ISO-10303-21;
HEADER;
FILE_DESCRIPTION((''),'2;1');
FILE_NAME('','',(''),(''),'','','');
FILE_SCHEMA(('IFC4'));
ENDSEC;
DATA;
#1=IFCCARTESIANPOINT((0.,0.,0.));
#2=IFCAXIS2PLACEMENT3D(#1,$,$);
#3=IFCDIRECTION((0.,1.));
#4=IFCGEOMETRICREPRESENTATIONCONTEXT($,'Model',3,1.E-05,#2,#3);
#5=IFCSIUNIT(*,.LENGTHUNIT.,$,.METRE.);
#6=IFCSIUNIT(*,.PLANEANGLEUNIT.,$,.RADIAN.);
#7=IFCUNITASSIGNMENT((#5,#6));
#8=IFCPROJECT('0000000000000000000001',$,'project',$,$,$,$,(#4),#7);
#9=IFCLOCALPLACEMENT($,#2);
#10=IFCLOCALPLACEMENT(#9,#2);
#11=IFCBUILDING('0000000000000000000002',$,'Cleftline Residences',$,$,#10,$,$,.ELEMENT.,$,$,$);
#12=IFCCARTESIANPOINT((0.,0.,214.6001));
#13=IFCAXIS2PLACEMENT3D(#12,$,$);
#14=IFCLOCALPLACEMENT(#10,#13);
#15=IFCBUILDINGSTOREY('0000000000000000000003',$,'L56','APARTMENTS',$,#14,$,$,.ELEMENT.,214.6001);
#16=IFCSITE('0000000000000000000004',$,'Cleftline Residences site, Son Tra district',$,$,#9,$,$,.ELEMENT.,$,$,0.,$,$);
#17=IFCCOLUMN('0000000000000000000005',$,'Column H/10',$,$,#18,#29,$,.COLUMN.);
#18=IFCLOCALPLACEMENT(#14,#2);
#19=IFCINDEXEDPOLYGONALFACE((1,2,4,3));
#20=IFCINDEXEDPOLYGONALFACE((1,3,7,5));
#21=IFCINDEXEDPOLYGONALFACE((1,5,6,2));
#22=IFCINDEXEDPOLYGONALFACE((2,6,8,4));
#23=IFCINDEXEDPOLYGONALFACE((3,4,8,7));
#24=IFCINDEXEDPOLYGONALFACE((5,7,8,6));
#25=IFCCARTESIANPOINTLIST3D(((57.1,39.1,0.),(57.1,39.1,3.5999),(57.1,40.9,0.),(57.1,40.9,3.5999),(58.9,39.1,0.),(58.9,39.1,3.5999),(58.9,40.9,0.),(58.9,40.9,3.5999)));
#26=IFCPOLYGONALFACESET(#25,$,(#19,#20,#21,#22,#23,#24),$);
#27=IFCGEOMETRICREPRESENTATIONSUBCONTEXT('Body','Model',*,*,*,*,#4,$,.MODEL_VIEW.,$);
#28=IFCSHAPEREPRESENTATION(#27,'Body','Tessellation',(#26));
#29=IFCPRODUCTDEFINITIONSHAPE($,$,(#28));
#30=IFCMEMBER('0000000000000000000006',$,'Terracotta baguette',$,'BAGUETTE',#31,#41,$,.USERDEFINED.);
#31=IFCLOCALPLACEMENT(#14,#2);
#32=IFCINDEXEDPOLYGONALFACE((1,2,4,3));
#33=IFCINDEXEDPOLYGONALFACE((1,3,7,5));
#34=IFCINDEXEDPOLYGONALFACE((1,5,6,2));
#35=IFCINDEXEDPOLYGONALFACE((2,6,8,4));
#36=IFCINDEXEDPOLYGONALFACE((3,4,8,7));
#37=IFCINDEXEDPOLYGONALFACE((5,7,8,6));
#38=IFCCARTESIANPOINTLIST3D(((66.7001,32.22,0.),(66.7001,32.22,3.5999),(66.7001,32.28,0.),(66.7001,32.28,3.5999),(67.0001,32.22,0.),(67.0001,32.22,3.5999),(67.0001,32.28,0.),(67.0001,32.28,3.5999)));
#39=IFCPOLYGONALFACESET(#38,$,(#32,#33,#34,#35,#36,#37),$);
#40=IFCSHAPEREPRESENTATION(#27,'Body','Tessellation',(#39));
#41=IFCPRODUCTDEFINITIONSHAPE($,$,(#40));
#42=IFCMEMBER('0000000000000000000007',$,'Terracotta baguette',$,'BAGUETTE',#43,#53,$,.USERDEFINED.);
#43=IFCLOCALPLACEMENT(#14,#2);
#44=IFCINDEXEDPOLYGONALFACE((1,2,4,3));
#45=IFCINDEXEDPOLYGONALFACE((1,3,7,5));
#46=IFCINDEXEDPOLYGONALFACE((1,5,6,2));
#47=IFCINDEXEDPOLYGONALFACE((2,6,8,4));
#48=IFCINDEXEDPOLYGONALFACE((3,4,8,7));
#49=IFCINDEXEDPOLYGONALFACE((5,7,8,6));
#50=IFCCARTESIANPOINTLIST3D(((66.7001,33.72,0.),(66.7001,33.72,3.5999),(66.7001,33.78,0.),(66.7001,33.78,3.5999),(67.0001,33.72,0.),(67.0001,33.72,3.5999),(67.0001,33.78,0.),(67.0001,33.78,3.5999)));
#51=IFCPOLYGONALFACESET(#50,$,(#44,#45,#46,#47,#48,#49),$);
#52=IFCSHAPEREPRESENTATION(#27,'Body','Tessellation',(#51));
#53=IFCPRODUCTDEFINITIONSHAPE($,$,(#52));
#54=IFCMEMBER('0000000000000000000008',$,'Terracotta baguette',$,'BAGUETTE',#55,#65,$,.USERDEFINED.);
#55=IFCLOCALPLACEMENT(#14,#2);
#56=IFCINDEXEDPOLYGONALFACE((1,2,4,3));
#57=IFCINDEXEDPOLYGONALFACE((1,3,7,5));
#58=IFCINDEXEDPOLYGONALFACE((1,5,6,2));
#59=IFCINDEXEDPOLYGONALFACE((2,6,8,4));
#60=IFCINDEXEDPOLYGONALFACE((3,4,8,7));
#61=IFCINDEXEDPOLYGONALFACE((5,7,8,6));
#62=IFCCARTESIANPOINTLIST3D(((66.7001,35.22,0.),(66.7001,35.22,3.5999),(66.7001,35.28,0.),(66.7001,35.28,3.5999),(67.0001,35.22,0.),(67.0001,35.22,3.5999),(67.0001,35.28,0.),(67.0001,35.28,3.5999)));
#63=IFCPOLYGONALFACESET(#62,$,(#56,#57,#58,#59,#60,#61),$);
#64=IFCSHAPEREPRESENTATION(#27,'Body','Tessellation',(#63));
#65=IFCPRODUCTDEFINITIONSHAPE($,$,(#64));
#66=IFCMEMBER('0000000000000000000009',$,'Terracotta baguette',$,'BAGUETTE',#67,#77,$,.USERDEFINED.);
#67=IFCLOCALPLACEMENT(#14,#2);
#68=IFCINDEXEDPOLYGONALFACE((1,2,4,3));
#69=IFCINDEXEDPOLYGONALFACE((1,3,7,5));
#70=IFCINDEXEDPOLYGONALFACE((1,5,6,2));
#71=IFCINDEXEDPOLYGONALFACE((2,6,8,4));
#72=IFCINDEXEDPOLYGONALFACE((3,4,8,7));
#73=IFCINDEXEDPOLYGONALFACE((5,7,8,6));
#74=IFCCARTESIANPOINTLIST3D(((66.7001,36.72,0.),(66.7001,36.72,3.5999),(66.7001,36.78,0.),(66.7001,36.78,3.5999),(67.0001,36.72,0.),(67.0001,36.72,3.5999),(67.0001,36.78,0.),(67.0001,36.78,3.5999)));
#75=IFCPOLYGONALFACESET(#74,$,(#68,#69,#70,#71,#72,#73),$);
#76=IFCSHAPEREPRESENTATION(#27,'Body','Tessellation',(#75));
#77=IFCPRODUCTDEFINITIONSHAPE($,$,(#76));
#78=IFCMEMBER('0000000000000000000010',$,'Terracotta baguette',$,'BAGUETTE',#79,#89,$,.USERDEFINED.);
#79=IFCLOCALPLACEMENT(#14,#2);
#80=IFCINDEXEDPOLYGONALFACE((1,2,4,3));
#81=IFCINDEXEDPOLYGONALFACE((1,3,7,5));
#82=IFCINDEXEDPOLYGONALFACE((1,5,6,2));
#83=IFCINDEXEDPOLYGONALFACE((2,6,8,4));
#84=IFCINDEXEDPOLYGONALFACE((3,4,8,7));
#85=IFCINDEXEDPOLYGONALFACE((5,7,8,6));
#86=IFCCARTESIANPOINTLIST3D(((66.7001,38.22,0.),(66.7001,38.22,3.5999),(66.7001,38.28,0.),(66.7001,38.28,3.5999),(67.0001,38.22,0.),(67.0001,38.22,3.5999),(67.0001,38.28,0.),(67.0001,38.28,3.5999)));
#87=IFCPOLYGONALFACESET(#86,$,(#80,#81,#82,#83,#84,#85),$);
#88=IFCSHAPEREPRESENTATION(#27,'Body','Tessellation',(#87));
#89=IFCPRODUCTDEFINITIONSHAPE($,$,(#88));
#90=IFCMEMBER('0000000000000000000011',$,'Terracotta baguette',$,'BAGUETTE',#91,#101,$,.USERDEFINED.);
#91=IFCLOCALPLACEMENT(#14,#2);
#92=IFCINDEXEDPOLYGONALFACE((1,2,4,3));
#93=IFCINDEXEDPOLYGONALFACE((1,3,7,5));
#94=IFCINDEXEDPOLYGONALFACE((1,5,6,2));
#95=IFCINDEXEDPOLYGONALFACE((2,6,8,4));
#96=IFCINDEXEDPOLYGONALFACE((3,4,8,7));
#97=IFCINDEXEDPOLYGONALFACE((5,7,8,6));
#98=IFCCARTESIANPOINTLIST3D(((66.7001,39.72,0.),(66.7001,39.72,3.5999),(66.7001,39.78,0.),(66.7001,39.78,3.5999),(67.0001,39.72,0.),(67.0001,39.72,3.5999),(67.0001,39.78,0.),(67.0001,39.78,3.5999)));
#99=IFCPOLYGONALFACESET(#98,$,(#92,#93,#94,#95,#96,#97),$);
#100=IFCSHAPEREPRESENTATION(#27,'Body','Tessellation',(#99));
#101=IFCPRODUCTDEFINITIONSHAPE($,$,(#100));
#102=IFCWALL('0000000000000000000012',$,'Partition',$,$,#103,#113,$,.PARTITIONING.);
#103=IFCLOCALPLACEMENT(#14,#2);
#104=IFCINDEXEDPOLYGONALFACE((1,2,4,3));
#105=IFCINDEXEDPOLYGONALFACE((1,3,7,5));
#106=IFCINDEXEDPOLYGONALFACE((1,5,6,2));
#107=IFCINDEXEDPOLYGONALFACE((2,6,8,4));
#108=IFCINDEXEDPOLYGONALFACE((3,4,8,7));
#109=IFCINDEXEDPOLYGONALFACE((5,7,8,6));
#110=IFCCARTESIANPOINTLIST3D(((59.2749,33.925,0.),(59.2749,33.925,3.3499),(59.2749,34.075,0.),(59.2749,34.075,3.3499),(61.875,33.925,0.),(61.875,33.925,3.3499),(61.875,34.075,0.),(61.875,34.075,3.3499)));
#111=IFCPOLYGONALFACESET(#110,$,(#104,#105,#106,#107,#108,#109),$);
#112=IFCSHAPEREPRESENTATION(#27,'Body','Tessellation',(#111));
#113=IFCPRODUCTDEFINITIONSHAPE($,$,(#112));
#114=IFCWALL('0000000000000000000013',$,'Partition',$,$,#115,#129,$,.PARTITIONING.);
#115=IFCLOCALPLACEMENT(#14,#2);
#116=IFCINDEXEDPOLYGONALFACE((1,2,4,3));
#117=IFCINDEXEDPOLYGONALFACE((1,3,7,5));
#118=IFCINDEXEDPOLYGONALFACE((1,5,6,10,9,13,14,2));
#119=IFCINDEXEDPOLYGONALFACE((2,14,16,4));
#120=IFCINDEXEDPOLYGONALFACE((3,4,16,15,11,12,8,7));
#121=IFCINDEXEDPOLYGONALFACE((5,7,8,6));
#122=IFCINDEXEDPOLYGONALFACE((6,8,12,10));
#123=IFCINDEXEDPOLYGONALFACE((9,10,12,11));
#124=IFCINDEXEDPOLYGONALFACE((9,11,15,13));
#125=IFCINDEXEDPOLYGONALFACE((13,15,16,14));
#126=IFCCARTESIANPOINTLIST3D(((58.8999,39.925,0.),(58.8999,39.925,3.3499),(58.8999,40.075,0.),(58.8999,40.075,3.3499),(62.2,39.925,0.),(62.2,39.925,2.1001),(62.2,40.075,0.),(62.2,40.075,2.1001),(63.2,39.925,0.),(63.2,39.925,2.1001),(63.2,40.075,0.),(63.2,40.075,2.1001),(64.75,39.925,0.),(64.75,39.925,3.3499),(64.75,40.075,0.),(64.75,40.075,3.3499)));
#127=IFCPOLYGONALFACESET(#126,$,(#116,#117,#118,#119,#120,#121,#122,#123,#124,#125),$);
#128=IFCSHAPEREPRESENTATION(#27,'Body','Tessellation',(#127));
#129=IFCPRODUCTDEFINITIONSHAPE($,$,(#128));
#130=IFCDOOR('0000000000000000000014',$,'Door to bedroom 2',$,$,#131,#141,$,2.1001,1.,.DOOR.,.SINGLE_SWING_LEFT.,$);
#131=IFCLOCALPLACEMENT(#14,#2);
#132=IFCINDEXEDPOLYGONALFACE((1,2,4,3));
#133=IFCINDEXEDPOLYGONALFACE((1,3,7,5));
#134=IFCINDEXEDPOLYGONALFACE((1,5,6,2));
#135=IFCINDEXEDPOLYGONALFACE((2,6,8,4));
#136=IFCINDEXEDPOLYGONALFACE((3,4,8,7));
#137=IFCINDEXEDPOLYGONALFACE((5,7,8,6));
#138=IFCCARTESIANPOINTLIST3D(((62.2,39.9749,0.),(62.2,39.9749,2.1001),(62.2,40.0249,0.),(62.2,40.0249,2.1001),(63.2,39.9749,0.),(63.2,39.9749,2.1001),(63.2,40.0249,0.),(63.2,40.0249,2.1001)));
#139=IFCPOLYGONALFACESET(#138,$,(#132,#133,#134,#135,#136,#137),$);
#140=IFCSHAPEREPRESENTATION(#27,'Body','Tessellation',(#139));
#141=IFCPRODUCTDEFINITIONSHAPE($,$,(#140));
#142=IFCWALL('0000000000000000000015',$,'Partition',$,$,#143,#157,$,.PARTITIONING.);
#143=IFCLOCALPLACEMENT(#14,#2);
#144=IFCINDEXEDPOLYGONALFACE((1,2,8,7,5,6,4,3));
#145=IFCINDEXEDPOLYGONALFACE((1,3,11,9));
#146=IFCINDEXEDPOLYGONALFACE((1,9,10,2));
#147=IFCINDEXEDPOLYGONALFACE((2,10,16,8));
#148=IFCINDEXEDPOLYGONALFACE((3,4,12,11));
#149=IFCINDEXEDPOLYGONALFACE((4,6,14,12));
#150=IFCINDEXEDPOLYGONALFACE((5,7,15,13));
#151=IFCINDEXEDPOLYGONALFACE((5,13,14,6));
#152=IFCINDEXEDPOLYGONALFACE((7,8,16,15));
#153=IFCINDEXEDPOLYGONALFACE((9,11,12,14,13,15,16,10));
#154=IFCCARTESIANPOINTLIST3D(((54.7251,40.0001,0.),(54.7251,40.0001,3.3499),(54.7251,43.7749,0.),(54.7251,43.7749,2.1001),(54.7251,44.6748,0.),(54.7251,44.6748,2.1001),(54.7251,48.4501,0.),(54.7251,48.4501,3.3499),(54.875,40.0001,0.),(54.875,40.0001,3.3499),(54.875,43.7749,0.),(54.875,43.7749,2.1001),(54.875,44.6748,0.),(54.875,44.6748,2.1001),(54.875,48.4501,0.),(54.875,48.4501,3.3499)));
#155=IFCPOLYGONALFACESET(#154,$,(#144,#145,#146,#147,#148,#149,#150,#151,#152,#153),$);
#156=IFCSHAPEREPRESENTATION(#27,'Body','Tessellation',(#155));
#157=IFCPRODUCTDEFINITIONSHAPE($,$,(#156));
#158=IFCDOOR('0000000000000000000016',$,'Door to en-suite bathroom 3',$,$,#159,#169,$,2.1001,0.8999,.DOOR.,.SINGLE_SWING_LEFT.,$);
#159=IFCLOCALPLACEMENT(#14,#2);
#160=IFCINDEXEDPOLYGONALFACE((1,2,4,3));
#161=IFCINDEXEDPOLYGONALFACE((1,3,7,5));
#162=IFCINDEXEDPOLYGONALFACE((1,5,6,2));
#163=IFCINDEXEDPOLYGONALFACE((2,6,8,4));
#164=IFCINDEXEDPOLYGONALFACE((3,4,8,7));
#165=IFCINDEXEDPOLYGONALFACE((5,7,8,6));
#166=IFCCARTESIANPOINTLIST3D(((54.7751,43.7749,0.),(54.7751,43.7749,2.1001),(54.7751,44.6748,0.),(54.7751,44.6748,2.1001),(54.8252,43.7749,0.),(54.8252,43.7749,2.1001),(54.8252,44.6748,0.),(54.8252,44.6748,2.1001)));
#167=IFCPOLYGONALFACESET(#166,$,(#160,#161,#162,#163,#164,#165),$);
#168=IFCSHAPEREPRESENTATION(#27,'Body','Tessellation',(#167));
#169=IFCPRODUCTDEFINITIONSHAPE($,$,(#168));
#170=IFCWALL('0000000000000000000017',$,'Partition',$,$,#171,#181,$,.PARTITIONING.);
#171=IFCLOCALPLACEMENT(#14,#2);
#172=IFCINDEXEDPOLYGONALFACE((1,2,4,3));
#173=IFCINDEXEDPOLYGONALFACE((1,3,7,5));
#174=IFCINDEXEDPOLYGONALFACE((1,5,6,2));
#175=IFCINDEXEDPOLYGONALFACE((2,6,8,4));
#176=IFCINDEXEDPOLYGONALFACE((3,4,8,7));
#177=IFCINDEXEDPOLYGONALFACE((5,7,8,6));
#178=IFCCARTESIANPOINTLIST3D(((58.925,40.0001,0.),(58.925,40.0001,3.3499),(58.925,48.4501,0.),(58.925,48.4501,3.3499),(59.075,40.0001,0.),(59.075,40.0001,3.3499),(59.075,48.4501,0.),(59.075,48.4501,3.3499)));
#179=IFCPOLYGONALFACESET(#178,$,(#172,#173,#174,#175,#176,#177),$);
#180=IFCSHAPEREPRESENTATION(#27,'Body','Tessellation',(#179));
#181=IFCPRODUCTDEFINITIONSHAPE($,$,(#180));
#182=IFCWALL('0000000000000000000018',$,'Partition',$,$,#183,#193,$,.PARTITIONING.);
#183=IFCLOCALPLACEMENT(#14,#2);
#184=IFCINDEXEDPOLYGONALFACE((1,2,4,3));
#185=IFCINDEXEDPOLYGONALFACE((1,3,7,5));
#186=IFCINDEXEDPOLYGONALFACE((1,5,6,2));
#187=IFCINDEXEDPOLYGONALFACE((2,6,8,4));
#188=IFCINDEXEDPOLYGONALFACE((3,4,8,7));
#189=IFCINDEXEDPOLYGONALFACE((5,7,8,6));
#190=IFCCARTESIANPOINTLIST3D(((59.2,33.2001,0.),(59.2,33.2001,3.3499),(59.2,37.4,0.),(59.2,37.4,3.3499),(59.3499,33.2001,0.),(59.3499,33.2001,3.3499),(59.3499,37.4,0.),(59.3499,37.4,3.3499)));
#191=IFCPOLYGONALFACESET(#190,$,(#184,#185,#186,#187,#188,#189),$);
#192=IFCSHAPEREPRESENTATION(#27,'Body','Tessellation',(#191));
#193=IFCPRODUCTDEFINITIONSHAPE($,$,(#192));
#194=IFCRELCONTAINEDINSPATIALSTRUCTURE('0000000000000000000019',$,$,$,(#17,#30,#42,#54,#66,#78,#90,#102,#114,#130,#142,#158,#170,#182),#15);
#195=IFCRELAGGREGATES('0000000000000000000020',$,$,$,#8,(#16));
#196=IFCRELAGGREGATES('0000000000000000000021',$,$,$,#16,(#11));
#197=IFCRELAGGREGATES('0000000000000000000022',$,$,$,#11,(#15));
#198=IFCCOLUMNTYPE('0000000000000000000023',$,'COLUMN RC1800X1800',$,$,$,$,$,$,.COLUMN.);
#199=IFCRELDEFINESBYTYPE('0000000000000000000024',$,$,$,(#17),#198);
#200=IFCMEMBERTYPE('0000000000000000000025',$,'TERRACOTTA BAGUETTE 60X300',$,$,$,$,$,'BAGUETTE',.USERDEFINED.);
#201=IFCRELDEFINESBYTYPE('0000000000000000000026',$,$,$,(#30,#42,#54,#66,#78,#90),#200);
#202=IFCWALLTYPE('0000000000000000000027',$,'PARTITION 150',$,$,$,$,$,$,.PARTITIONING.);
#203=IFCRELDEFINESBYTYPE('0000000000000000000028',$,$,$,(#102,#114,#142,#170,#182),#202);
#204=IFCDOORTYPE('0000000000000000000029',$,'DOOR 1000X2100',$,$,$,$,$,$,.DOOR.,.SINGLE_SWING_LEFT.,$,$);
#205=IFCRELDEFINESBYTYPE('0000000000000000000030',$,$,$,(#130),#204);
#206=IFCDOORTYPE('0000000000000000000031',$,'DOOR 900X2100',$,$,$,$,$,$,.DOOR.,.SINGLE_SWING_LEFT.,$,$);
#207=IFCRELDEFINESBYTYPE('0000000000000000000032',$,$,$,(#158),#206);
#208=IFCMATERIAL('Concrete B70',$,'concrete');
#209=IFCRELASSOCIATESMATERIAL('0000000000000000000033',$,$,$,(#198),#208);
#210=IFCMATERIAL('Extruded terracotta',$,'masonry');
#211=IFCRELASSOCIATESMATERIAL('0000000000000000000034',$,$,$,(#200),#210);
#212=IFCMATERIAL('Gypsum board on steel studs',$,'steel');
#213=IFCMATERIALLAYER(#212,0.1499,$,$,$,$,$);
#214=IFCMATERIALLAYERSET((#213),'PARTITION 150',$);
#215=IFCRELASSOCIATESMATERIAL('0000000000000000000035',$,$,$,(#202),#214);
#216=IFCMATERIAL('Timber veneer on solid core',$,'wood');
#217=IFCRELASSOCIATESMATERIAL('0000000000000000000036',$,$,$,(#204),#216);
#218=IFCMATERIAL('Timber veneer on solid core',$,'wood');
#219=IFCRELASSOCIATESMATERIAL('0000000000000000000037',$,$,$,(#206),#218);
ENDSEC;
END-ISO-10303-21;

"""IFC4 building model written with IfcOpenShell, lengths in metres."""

from ifc_helpers import new_model, si_unit, direction, frame, frame_2d, origin, origin_2d, place, context, subcontext, project, spatial, rectangle, extrude, material, layer, layer_set, material_profile, profile_set, type_object, element, fill, save


model = new_model("IFC4")

# Units and contexts
model_context = context("Model", 3, precision=1e-05, world=origin(), true_north=direction((0.0, 1.0)))
body_context = subcontext(model_context, "Body", "Model", "MODEL_VIEW")
ifc_project = project(units=[si_unit("LENGTHUNIT", "METRE"), si_unit("PLANEANGLEUNIT", "RADIAN")], contexts=[model_context])

# Site, building, storey
site_placement = place(None, origin())
site = spatial("IfcSite", under=ifc_project, at=site_placement, Name="Cleftline Residences site, Son Tra district", CompositionType="ELEMENT", RefElevation=0.0)
building_placement = place(site_placement, origin())
building = spatial("IfcBuilding", under=site, at=building_placement, Name="Cleftline Residences", CompositionType="ELEMENT")
storey_placement = place(building_placement, frame((0.0, 0.0, 214.6001)))
storey = spatial("IfcBuildingStorey", under=building, at=storey_placement, Name="L56", Description="APARTMENTS", CompositionType="ELEMENT", Elevation=214.6001)

# Column
ifc_material_1 = material(Name="Concrete B70", Category="concrete")
ifc_material_profile_1 = material_profile(ifc_material_1, rectangle(XDim=1.8, YDim=1.8, at=origin_2d()))
ifc_profile_set_1 = profile_set([ifc_material_profile_1], Name="Concrete B70")
column_type = type_object("IfcColumnType", Name="COLUMN RC1800X1800", PredefinedType="COLUMN", material=ifc_profile_set_1)
column_placement = place(storey_placement, frame((58.0, 40.0, 0.0), z_axis=(0.0, 0.0, 1.0), x_axis=(1.0, 0.0, 0.0)))
element("IfcColumn", 1, at=column_placement, inside=storey, type_object=column_type, Name="Column H/10", PredefinedType="COLUMN", context=body_context, shape_type="SweptSolid", body=[
    extrude(rectangle(XDim=1.8, YDim=1.8, at=origin_2d()), origin(), (0.0, 0.0, 1.0), 3.5999),
])

# Members
ifc_material_2 = material(Name="Extruded terracotta", Category="masonry")
ifc_material_profile_2 = material_profile(ifc_material_2, rectangle(XDim=0.0601, YDim=0.3, at=origin_2d()))
ifc_profile_set_2 = profile_set([ifc_material_profile_2], Name="Extruded terracotta")
member_type = type_object("IfcMemberType", Name="TERRACOTTA BAGUETTE 60X300", ElementType="BAGUETTE", PredefinedType="USERDEFINED", material=ifc_profile_set_2)
for number, where, z_axis, x_axis, name in (
    (2, (66.8501, 32.25, 0.0), (0.0, 0.0, 1.0), (0.0, 1.0, 0.0), "Terracotta baguette"),
    (3, (66.8501, 33.75, 0.0), (0.0, 0.0, 1.0), (0.0, 1.0, 0.0), "Terracotta baguette"),
    (4, (66.8501, 35.25, 0.0), (0.0, 0.0, 1.0), (0.0, 1.0, 0.0), "Terracotta baguette"),
    (5, (66.8501, 36.75, 0.0), (0.0, 0.0, 1.0), (0.0, 1.0, 0.0), "Terracotta baguette"),
    (6, (66.8501, 38.25, 0.0), (0.0, 0.0, 1.0), (0.0, 1.0, 0.0), "Terracotta baguette"),
    (7, (66.8501, 39.75, 0.0), (0.0, 0.0, 1.0), (0.0, 1.0, 0.0), "Terracotta baguette"),
):
    element("IfcMember", number, at=place(storey_placement, frame(where, z_axis=z_axis, x_axis=x_axis)), inside=storey, type_object=member_type, Name=name, ObjectType="BAGUETTE", PredefinedType="USERDEFINED", context=body_context, shape_type="SweptSolid", body=[
        extrude(rectangle(XDim=0.0601, YDim=0.3, at=origin_2d()), origin(), (0.0, 0.0, 1.0), 3.5999),
    ])

# Wall
ifc_material_3 = material(Name="Gypsum board on steel studs", Category="steel")
ifc_layer = layer(ifc_material_3, 0.1499)
ifc_layer_set = layer_set([ifc_layer], Name="PARTITION 150")
wall_type = type_object("IfcWallType", Name="PARTITION 150", PredefinedType="PARTITIONING", material=ifc_layer_set)
wall_1_placement = place(storey_placement, frame((59.2749, 34.0, 0.0), z_axis=(0.0, 0.0, 1.0), x_axis=(1.0, 0.0, 0.0)))
element("IfcWall", 8, at=wall_1_placement, inside=storey, type_object=wall_type, Name="Partition", PredefinedType="PARTITIONING", context=body_context, shape_type="SweptSolid", body=[
    extrude(rectangle(XDim=2.6001, YDim=0.1499, at=frame_2d((1.3, 0.0))), origin(), (0.0, 0.0, 1.0), 3.3499),
])

# Walls, openings, doors
wall_2_placement = place(storey_placement, frame((58.8999, 40.0, 0.0), z_axis=(0.0, 0.0, 1.0), x_axis=(1.0, 0.0, 0.0)))
wall_2 = element("IfcWall", 9, at=wall_2_placement, inside=storey, type_object=wall_type, Name="Partition", PredefinedType="PARTITIONING", context=body_context, shape_type="SweptSolid", body=[
    extrude(rectangle(XDim=5.8501, YDim=0.1499, at=frame_2d((2.925, 0.0))), origin(), (0.0, 0.0, 1.0), 3.3499),
])
opening_1_placement = place(wall_2_placement, frame((3.3, 0.0, 0.0)))
opening_1 = element("IfcOpeningElement", 10, at=opening_1_placement, cuts=wall_2, PredefinedType="OPENING", context=body_context, shape_type="SweptSolid", body=[
    extrude(rectangle(XDim=1.0, YDim=2.1001, at=frame_2d((0.5, 1.05))), frame((0.0, 0.085, 0.0), z_axis=(0.0, -1.0, 0.0), x_axis=(1.0, 0.0, 0.0)), (0.0, 0.0, 1.0), 0.1699),
])
ifc_material_4 = material(Name="Timber veneer on solid core", Category="wood")
door_type_1 = type_object("IfcDoorType", Name="DOOR 1000X2100", OperationType="SINGLE_SWING_LEFT", PredefinedType="DOOR", material=ifc_material_4)
door_1_placement = place(opening_1_placement, origin())
door_1 = element("IfcDoor", 11, at=door_1_placement, inside=storey, type_object=door_type_1, Name="Door to bedroom 2", OperationType="SINGLE_SWING_LEFT", OverallHeight=2.1001, OverallWidth=1.0, PredefinedType="DOOR", context=body_context, shape_type="SweptSolid", body=[
    extrude(rectangle(XDim=1.0, YDim=2.1001, at=frame_2d((0.5, 1.05))), frame((0.0, 0.0249, 0.0), z_axis=(0.0, -1.0, 0.0), x_axis=(1.0, 0.0, 0.0)), (0.0, 0.0, 1.0), 0.05),
])
fill(opening_1, door_1)
wall_3_placement = place(storey_placement, frame((54.8, 40.0, 0.0), z_axis=(0.0, 0.0, 1.0), x_axis=(0.0, 1.0, 0.0)))
wall_3 = element("IfcWall", 12, at=wall_3_placement, inside=storey, type_object=wall_type, Name="Partition", PredefinedType="PARTITIONING", context=body_context, shape_type="SweptSolid", body=[
    extrude(rectangle(XDim=8.45, YDim=0.1499, at=frame_2d((4.2251, 0.0))), origin(), (0.0, 0.0, 1.0), 3.3499),
])
opening_2_placement = place(wall_3_placement, frame((3.7749, 0.0, 0.0)))
opening_2 = element("IfcOpeningElement", 13, at=opening_2_placement, cuts=wall_3, PredefinedType="OPENING", context=body_context, shape_type="SweptSolid", body=[
    extrude(rectangle(XDim=0.8999, YDim=2.1001, at=frame_2d((0.45, 1.05))), frame((0.0, 0.085, 0.0), z_axis=(0.0, -1.0, 0.0), x_axis=(1.0, 0.0, 0.0)), (0.0, 0.0, 1.0), 0.1699),
])
ifc_material_5 = material(Name="Timber veneer on solid core", Category="wood")
door_type_2 = type_object("IfcDoorType", Name="DOOR 900X2100", OperationType="SINGLE_SWING_LEFT", PredefinedType="DOOR", material=ifc_material_5)
door_2_placement = place(opening_2_placement, origin())
door_2 = element("IfcDoor", 14, at=door_2_placement, inside=storey, type_object=door_type_2, Name="Door to en-suite bathroom 3", OperationType="SINGLE_SWING_LEFT", OverallHeight=2.1001, OverallWidth=0.8999, PredefinedType="DOOR", context=body_context, shape_type="SweptSolid", body=[
    extrude(rectangle(XDim=0.8999, YDim=2.1001, at=frame_2d((0.45, 1.05))), frame((0.0, 0.0249, 0.0), z_axis=(0.0, -1.0, 0.0), x_axis=(1.0, 0.0, 0.0)), (0.0, 0.0, 1.0), 0.05),
])
fill(opening_2, door_2)

# Walls
wall_4_placement = place(storey_placement, frame((59.0, 40.0, 0.0), z_axis=(0.0, 0.0, 1.0), x_axis=(0.0, 1.0, 0.0)))
element("IfcWall", 15, at=wall_4_placement, inside=storey, type_object=wall_type, Name="Partition", PredefinedType="PARTITIONING", context=body_context, shape_type="SweptSolid", body=[
    extrude(rectangle(XDim=8.45, YDim=0.1499, at=frame_2d((4.2251, 0.0))), origin(), (0.0, 0.0, 1.0), 3.3499),
])
wall_5_placement = place(storey_placement, frame((59.2749, 33.2, 0.0), z_axis=(0.0, 0.0, 1.0), x_axis=(0.0, 1.0, 0.0)))
element("IfcWall", 16, at=wall_5_placement, inside=storey, type_object=wall_type, Name="Partition", PredefinedType="PARTITIONING", context=body_context, shape_type="SweptSolid", body=[
    extrude(rectangle(XDim=4.2, YDim=0.1499, at=frame_2d((2.1001, 0.0))), origin(), (0.0, 0.0, 1.0), 3.3499),
])

save(model, "model.ifc")
